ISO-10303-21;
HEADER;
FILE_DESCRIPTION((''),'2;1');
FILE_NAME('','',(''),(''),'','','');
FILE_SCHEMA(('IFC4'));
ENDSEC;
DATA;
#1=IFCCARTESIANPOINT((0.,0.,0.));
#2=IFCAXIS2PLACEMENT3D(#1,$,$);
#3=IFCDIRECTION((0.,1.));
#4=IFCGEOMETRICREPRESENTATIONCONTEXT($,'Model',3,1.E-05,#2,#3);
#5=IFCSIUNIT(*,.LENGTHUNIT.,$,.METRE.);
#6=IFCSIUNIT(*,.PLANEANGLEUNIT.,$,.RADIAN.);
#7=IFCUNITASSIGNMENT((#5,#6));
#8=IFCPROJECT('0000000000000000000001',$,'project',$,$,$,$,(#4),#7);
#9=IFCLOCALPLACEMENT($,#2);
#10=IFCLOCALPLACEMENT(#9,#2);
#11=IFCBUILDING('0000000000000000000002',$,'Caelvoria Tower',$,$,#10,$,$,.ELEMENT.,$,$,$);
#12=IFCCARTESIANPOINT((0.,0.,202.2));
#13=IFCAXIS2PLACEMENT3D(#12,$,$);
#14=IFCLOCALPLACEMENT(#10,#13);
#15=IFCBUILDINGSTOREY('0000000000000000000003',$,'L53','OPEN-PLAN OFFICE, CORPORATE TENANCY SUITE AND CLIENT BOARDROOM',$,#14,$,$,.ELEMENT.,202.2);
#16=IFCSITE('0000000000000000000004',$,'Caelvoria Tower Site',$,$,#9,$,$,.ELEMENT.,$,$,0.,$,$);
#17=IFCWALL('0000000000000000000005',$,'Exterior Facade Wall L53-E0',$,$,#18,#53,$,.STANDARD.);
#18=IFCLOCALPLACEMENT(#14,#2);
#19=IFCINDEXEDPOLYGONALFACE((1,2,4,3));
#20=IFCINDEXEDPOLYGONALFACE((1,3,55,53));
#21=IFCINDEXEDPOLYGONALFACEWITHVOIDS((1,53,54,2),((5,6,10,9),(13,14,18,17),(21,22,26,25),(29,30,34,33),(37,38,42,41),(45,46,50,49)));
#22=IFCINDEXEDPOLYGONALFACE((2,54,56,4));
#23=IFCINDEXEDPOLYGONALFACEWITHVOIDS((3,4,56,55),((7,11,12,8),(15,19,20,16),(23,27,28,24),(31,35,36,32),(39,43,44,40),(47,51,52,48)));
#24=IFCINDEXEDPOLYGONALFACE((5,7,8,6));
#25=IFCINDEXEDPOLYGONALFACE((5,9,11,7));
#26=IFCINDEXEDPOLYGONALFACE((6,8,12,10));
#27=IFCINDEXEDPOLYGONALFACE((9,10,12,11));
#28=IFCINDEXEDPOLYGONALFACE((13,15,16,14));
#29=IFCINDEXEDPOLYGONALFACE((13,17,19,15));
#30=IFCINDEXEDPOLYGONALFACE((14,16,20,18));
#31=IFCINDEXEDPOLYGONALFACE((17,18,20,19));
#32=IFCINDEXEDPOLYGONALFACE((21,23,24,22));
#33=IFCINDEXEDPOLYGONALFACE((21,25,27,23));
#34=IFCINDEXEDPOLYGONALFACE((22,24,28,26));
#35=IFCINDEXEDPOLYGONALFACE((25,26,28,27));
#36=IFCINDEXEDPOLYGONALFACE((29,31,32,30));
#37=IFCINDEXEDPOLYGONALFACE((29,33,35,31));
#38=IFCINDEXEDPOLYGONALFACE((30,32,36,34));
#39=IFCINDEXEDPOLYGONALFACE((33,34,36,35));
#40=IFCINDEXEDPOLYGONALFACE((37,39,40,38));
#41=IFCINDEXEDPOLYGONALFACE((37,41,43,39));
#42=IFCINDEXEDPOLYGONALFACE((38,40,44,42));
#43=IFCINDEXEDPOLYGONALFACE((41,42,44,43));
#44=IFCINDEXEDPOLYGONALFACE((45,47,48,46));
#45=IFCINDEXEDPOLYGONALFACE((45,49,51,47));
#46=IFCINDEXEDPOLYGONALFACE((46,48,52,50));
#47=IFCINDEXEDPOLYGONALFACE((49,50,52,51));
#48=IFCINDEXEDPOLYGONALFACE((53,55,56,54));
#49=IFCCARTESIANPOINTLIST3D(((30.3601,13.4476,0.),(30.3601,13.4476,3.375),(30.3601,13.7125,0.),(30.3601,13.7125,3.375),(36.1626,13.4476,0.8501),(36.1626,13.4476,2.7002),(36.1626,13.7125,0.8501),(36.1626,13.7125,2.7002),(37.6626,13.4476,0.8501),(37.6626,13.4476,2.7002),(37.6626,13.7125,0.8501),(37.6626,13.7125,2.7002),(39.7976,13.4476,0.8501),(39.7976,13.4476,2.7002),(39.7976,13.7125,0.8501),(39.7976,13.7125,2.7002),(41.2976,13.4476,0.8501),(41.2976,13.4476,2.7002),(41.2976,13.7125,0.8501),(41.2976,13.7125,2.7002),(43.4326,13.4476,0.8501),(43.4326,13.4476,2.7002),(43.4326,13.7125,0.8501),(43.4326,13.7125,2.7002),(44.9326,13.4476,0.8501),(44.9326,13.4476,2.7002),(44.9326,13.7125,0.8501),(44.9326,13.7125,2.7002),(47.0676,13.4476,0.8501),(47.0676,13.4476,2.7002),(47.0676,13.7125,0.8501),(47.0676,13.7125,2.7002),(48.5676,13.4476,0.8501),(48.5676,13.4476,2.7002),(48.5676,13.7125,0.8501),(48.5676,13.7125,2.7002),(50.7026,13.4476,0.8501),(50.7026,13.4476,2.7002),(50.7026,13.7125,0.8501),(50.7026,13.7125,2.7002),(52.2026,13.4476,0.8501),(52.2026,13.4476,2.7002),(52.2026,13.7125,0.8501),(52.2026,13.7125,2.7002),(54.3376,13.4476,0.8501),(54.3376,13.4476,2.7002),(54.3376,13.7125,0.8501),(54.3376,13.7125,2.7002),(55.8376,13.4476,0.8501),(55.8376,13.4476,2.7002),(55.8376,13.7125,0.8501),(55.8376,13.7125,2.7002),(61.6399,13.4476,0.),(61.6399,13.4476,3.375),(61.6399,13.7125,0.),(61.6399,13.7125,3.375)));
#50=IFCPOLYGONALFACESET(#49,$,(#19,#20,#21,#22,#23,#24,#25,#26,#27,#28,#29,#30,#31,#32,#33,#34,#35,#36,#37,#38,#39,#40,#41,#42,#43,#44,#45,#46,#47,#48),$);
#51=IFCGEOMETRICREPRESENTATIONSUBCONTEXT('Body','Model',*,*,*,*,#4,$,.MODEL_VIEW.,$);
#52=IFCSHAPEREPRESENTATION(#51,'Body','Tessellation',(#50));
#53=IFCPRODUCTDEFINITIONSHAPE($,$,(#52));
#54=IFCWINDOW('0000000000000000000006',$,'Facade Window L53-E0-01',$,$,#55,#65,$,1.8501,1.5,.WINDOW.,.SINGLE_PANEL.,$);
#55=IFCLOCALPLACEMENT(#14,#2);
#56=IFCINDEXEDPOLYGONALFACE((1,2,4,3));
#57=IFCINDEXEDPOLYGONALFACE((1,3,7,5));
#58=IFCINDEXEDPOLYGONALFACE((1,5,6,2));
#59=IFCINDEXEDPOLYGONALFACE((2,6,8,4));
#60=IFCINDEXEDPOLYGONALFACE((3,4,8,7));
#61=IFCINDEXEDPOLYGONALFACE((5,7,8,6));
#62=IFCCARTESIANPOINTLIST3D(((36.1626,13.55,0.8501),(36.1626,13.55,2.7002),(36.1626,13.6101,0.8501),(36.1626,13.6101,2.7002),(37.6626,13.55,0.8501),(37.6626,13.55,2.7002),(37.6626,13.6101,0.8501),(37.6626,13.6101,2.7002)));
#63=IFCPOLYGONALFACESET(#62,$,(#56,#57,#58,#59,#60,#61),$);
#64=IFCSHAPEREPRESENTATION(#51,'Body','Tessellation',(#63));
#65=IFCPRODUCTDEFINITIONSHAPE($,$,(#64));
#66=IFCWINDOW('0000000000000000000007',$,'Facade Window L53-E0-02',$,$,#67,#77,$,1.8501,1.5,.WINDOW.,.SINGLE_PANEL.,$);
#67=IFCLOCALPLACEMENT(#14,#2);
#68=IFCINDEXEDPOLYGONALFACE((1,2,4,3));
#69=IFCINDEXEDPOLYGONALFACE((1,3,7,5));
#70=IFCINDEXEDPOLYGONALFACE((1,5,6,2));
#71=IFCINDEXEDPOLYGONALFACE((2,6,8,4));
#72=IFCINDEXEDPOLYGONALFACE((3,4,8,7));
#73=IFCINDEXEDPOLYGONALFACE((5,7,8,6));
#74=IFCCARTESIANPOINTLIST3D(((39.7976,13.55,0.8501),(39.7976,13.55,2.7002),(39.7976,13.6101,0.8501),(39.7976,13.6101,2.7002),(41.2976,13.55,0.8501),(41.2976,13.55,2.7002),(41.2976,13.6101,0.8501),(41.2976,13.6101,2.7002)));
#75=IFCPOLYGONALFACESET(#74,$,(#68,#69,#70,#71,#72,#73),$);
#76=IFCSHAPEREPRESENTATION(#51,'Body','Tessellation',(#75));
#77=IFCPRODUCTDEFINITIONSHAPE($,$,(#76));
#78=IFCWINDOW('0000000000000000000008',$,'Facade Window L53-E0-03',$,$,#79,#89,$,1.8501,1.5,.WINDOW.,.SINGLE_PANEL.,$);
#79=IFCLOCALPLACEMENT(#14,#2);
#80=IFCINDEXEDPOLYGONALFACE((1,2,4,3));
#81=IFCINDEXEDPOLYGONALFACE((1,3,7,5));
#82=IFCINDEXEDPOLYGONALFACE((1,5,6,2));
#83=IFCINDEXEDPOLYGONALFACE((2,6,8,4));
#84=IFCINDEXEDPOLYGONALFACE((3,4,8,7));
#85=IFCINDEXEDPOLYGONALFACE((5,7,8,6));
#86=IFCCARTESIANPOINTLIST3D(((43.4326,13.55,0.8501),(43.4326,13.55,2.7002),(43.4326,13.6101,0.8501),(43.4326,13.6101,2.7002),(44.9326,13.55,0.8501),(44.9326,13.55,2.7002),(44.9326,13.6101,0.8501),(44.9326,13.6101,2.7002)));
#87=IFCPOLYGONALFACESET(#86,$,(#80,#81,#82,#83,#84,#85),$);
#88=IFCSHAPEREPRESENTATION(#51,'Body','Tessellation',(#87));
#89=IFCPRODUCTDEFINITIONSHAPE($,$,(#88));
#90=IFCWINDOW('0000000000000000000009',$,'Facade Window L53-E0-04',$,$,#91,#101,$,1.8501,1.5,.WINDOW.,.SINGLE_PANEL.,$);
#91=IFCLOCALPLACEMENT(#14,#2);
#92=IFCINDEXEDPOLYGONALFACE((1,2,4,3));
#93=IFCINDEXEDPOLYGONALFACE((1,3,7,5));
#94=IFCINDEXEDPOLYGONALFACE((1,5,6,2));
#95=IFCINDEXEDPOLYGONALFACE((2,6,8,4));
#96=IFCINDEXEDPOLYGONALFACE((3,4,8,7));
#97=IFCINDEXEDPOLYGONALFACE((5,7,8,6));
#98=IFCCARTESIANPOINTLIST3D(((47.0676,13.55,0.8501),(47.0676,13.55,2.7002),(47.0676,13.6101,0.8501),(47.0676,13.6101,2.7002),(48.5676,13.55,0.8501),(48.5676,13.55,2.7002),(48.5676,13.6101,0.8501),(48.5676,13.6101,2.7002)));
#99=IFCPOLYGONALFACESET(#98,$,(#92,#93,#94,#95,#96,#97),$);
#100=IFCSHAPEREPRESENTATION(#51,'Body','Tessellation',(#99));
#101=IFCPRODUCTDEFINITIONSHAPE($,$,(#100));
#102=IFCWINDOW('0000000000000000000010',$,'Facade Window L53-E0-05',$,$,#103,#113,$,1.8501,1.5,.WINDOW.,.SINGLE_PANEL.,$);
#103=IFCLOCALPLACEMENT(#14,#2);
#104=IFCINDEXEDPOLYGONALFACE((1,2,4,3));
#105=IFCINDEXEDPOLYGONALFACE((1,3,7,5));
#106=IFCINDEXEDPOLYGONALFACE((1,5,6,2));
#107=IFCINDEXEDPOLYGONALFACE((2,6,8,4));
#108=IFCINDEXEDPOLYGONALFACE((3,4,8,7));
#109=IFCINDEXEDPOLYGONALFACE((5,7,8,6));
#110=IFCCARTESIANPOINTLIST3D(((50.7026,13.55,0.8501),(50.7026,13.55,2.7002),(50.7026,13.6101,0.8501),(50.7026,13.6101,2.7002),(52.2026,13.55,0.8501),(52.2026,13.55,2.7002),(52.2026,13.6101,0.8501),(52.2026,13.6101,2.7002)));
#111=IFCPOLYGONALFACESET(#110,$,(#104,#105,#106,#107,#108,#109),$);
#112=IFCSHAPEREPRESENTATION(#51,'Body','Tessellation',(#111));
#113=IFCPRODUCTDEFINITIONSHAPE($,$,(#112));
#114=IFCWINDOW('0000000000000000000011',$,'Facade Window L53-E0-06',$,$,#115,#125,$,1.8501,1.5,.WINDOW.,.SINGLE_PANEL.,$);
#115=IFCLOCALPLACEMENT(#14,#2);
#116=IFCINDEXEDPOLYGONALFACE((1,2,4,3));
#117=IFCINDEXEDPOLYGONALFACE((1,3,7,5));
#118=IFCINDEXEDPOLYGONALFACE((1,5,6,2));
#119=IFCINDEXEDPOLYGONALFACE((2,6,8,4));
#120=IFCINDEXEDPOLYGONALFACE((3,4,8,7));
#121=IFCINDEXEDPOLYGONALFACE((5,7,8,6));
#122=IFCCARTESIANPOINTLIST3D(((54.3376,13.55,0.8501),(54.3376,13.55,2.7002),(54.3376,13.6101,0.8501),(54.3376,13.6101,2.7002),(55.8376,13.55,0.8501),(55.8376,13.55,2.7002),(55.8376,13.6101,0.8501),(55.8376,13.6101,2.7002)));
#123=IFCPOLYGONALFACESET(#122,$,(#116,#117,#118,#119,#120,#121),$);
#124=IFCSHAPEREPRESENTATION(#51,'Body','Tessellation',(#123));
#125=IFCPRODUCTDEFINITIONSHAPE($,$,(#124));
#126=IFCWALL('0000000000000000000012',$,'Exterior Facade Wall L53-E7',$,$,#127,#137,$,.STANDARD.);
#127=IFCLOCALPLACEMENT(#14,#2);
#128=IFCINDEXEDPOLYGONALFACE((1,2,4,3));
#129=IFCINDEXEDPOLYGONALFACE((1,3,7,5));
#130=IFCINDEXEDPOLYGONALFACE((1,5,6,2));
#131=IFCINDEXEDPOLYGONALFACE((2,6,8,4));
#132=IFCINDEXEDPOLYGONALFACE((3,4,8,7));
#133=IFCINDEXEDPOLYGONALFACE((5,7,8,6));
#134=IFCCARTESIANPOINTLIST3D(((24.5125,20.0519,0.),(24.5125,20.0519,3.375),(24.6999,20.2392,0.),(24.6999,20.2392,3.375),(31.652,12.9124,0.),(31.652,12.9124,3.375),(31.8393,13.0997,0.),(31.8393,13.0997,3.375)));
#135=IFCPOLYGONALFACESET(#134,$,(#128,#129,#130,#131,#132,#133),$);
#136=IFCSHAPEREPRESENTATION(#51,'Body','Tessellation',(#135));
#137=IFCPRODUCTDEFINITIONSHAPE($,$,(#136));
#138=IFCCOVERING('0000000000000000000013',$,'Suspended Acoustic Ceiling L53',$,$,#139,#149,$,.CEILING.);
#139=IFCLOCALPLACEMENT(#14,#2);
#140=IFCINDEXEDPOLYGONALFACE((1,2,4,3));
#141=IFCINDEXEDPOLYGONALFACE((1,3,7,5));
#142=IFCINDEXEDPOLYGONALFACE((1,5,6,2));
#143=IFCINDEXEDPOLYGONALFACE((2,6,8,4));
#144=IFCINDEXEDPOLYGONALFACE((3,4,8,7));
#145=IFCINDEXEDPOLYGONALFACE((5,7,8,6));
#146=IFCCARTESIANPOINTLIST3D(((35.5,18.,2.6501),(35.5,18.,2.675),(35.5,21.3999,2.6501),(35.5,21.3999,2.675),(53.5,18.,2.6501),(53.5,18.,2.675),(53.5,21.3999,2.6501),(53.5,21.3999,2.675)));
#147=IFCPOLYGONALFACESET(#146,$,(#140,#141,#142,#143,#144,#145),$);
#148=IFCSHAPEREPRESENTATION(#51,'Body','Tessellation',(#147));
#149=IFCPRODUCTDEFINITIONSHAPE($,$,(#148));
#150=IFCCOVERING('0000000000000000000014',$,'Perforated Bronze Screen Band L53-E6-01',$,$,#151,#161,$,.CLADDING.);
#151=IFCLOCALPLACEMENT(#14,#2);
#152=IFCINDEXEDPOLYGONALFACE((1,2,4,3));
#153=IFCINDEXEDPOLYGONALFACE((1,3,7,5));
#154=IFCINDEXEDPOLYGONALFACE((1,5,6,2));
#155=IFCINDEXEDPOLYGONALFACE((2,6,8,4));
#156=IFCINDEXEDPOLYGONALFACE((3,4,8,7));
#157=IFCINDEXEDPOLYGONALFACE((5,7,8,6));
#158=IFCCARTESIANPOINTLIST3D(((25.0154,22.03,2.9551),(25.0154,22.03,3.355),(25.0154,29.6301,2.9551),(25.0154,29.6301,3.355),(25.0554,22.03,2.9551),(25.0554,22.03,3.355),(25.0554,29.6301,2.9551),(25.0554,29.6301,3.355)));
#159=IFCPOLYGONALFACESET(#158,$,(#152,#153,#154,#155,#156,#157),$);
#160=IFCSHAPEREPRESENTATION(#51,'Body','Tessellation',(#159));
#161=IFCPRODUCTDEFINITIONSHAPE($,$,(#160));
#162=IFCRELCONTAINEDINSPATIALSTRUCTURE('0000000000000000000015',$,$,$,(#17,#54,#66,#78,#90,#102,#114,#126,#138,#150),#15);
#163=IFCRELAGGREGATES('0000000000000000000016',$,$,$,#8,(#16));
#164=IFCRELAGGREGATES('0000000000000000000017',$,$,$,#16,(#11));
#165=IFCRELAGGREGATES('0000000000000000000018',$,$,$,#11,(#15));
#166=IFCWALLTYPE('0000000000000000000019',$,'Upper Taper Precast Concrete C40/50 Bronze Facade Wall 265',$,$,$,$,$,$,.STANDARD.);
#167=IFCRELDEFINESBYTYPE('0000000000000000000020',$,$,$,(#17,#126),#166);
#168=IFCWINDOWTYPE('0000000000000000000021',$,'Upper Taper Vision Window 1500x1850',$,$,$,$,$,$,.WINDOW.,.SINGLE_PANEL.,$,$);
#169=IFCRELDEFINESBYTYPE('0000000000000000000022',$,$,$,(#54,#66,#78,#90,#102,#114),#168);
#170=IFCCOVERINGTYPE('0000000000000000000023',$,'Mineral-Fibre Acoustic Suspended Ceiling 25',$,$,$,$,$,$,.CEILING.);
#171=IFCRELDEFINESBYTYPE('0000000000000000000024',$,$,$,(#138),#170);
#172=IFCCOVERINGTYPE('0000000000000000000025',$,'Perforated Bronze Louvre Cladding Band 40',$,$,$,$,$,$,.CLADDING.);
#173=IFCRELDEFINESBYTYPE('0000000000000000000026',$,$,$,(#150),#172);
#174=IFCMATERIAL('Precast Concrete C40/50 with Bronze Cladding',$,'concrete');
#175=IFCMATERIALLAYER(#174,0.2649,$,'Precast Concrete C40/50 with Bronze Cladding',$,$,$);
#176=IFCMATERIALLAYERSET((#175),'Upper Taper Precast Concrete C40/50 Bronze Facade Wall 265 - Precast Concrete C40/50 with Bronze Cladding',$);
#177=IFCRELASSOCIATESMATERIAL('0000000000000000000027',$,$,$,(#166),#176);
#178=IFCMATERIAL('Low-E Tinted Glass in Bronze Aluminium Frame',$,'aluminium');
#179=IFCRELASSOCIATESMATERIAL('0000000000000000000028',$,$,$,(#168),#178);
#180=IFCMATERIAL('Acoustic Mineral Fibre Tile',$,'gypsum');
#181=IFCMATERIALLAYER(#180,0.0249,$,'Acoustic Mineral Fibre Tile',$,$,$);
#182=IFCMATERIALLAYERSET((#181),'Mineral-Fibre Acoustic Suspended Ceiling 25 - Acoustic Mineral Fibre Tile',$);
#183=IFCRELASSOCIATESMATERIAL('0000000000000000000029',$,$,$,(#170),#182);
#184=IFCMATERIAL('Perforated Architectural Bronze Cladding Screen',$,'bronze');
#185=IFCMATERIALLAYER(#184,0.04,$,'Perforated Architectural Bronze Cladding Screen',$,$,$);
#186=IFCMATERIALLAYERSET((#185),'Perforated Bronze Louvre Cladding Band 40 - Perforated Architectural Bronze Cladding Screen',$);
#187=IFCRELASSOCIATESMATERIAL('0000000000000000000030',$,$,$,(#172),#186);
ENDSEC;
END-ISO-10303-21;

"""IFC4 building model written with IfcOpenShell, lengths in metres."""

from ifc_helpers import new_model, si_unit, direction, frame, frame_2d, origin, origin_2d, place, context, subcontext, project, spatial, polyline, rectangle, outline, extrude, material, layer, layer_set, type_object, element, fill, save


model = new_model("IFC4")

# Units and contexts
model_context = context("Model", 3, precision=1e-05, world=origin(), true_north=direction((0.0, 1.0)))
body_context = subcontext(model_context, "Body", "Model", "MODEL_VIEW")
ifc_project = project(units=[si_unit("LENGTHUNIT", "METRE"), si_unit("PLANEANGLEUNIT", "RADIAN")], contexts=[model_context])

# Site, building, storey
site_placement = place(None, origin())
site = spatial("IfcSite", under=ifc_project, at=site_placement, Name="Caelvoria Tower Site", CompositionType="ELEMENT", RefElevation=0.0)
building_placement = place(site_placement, origin())
building = spatial("IfcBuilding", under=site, at=building_placement, Name="Caelvoria Tower", CompositionType="ELEMENT")
storey_placement = place(building_placement, frame((0.0, 0.0, 202.2)))
storey = spatial("IfcBuildingStorey", under=building, at=storey_placement, Name="L53", Description="OPEN-PLAN OFFICE, CORPORATE TENANCY SUITE AND CLIENT BOARDROOM", CompositionType="ELEMENT", Elevation=202.2)

# Wall, openings, windows
ifc_material_1 = material(Name="Precast Concrete C40/50 with Bronze Cladding", Category="concrete")
ifc_layer_1 = layer(ifc_material_1, 0.2649, Name="Precast Concrete C40/50 with Bronze Cladding")
ifc_layer_set_1 = layer_set([ifc_layer_1], Name="Upper Taper Precast Concrete C40/50 Bronze Facade Wall 265 - Precast Concrete C40/50 with Bronze Cladding")
wall_type = type_object("IfcWallType", Name="Upper Taper Precast Concrete C40/50 Bronze Facade Wall 265", PredefinedType="STANDARD", material=ifc_layer_set_1)
wall_1_placement = place(storey_placement, frame((30.3601, 13.5801, 0.0), z_axis=(0.0, 0.0, 1.0), x_axis=(1.0, 0.0, 0.0)))
wall_1 = element("IfcWall", 1, at=wall_1_placement, inside=storey, type_object=wall_type, Name="Exterior Facade Wall L53-E0", PredefinedType="STANDARD", context=body_context, shape_type="SweptSolid", body=[
    extrude(rectangle(XDim=31.2798, YDim=0.2649, at=frame_2d((15.6399, 0.0))), origin(), (0.0, 0.0, 1.0), 3.375),
])
opening_1_placement = place(wall_1_placement, frame((5.8025, 0.0, 0.8501)))
opening_1 = element("IfcOpeningElement", 2, at=opening_1_placement, cuts=wall_1, PredefinedType="OPENING", context=body_context, shape_type="SweptSolid", body=[
    extrude(rectangle(XDim=1.5, YDim=1.8501, at=frame_2d((0.75, 0.925))), frame((0.0, 0.1423, 0.0), z_axis=(0.0, -1.0, 0.0), x_axis=(1.0, 0.0, 0.0)), (0.0, 0.0, 1.0), 0.2849),
])
opening_2_placement = place(wall_1_placement, frame((9.4375, 0.0, 0.8501)))
opening_2 = element("IfcOpeningElement", 3, at=opening_2_placement, cuts=wall_1, PredefinedType="OPENING", context=body_context, shape_type="SweptSolid", body=[
    extrude(rectangle(XDim=1.5, YDim=1.8501, at=frame_2d((0.75, 0.925))), frame((0.0, 0.1423, 0.0), z_axis=(0.0, -1.0, 0.0), x_axis=(1.0, 0.0, 0.0)), (0.0, 0.0, 1.0), 0.2849),
])
opening_3_placement = place(wall_1_placement, frame((13.0725, 0.0, 0.8501)))
opening_3 = element("IfcOpeningElement", 4, at=opening_3_placement, cuts=wall_1, PredefinedType="OPENING", context=body_context, shape_type="SweptSolid", body=[
    extrude(rectangle(XDim=1.5, YDim=1.8501, at=frame_2d((0.75, 0.925))), frame((0.0, 0.1423, 0.0), z_axis=(0.0, -1.0, 0.0), x_axis=(1.0, 0.0, 0.0)), (0.0, 0.0, 1.0), 0.2849),
])
opening_4_placement = place(wall_1_placement, frame((16.7075, 0.0, 0.8501)))
opening_4 = element("IfcOpeningElement", 5, at=opening_4_placement, cuts=wall_1, PredefinedType="OPENING", context=body_context, shape_type="SweptSolid", body=[
    extrude(rectangle(XDim=1.5, YDim=1.8501, at=frame_2d((0.75, 0.925))), frame((0.0, 0.1423, 0.0), z_axis=(0.0, -1.0, 0.0), x_axis=(1.0, 0.0, 0.0)), (0.0, 0.0, 1.0), 0.2849),
])
opening_5_placement = place(wall_1_placement, frame((20.3425, 0.0, 0.8501)))
opening_5 = element("IfcOpeningElement", 6, at=opening_5_placement, cuts=wall_1, PredefinedType="OPENING", context=body_context, shape_type="SweptSolid", body=[
    extrude(rectangle(XDim=1.5, YDim=1.8501, at=frame_2d((0.75, 0.925))), frame((0.0, 0.1423, 0.0), z_axis=(0.0, -1.0, 0.0), x_axis=(1.0, 0.0, 0.0)), (0.0, 0.0, 1.0), 0.2849),
])
opening_6_placement = place(wall_1_placement, frame((23.9775, 0.0, 0.8501)))
opening_6 = element("IfcOpeningElement", 7, at=opening_6_placement, cuts=wall_1, PredefinedType="OPENING", context=body_context, shape_type="SweptSolid", body=[
    extrude(rectangle(XDim=1.5, YDim=1.8501, at=frame_2d((0.75, 0.925))), frame((0.0, 0.1423, 0.0), z_axis=(0.0, -1.0, 0.0), x_axis=(1.0, 0.0, 0.0)), (0.0, 0.0, 1.0), 0.2849),
])
ifc_material_2 = material(Name="Low-E Tinted Glass in Bronze Aluminium Frame", Category="aluminium")
window_type = type_object("IfcWindowType", Name="Upper Taper Vision Window 1500x1850", PartitioningType="SINGLE_PANEL", PredefinedType="WINDOW", material=ifc_material_2)
window_1_placement = place(opening_1_placement, origin())
window_1 = element("IfcWindow", 8, at=window_1_placement, inside=storey, type_object=window_type, Name="Facade Window L53-E0-01", OverallHeight=1.8501, OverallWidth=1.5, PartitioningType="SINGLE_PANEL", PredefinedType="WINDOW", context=body_context, shape_type="SweptSolid", body=[
    extrude(rectangle(XDim=1.5, YDim=1.8501, at=frame_2d((0.75, 0.925))), frame((0.0, 0.03, 0.0), z_axis=(0.0, -1.0, 0.0), x_axis=(1.0, 0.0, 0.0)), (0.0, 0.0, 1.0), 0.0601),
])
fill(opening_1, window_1)
window_2_placement = place(opening_2_placement, origin())
window_2 = element("IfcWindow", 9, at=window_2_placement, inside=storey, type_object=window_type, Name="Facade Window L53-E0-02", OverallHeight=1.8501, OverallWidth=1.5, PartitioningType="SINGLE_PANEL", PredefinedType="WINDOW", context=body_context, shape_type="SweptSolid", body=[
    extrude(rectangle(XDim=1.5, YDim=1.8501, at=frame_2d((0.75, 0.925))), frame((0.0, 0.03, 0.0), z_axis=(0.0, -1.0, 0.0), x_axis=(1.0, 0.0, 0.0)), (0.0, 0.0, 1.0), 0.0601),
])
fill(opening_2, window_2)
window_3_placement = place(opening_3_placement, origin())
window_3 = element("IfcWindow", 10, at=window_3_placement, inside=storey, type_object=window_type, Name="Facade Window L53-E0-03", OverallHeight=1.8501, OverallWidth=1.5, PartitioningType="SINGLE_PANEL", PredefinedType="WINDOW", context=body_context, shape_type="SweptSolid", body=[
    extrude(rectangle(XDim=1.5, YDim=1.8501, at=frame_2d((0.75, 0.925))), frame((0.0, 0.03, 0.0), z_axis=(0.0, -1.0, 0.0), x_axis=(1.0, 0.0, 0.0)), (0.0, 0.0, 1.0), 0.0601),
])
fill(opening_3, window_3)
window_4_placement = place(opening_4_placement, origin())
window_4 = element("IfcWindow", 11, at=window_4_placement, inside=storey, type_object=window_type, Name="Facade Window L53-E0-04", OverallHeight=1.8501, OverallWidth=1.5, PartitioningType="SINGLE_PANEL", PredefinedType="WINDOW", context=body_context, shape_type="SweptSolid", body=[
    extrude(rectangle(XDim=1.5, YDim=1.8501, at=frame_2d((0.75, 0.925))), frame((0.0, 0.03, 0.0), z_axis=(0.0, -1.0, 0.0), x_axis=(1.0, 0.0, 0.0)), (0.0, 0.0, 1.0), 0.0601),
])
fill(opening_4, window_4)
window_5_placement = place(opening_5_placement, origin())
window_5 = element("IfcWindow", 12, at=window_5_placement, inside=storey, type_object=window_type, Name="Facade Window L53-E0-05", OverallHeight=1.8501, OverallWidth=1.5, PartitioningType="SINGLE_PANEL", PredefinedType="WINDOW", context=body_context, shape_type="SweptSolid", body=[
    extrude(rectangle(XDim=1.5, YDim=1.8501, at=frame_2d((0.75, 0.925))), frame((0.0, 0.03, 0.0), z_axis=(0.0, -1.0, 0.0), x_axis=(1.0, 0.0, 0.0)), (0.0, 0.0, 1.0), 0.0601),
])
fill(opening_5, window_5)
window_6_placement = place(opening_6_placement, origin())
window_6 = element("IfcWindow", 13, at=window_6_placement, inside=storey, type_object=window_type, Name="Facade Window L53-E0-06", OverallHeight=1.8501, OverallWidth=1.5, PartitioningType="SINGLE_PANEL", PredefinedType="WINDOW", context=body_context, shape_type="SweptSolid", body=[
    extrude(rectangle(XDim=1.5, YDim=1.8501, at=frame_2d((0.75, 0.925))), frame((0.0, 0.03, 0.0), z_axis=(0.0, -1.0, 0.0), x_axis=(1.0, 0.0, 0.0)), (0.0, 0.0, 1.0), 0.0601),
])
fill(opening_6, window_6)

# Wall
wall_2_placement = place(storey_placement, frame((24.6062, 20.1455, 0.0), z_axis=(0.0, 0.0, 1.0), x_axis=(0.707107, -0.707107, 0.0)))
element("IfcWall", 14, at=wall_2_placement, inside=storey, type_object=wall_type, Name="Exterior Facade Wall L53-E7", PredefinedType="STANDARD", context=body_context, shape_type="SweptSolid", body=[
    extrude(rectangle(XDim=10.0967, YDim=0.2649, at=frame_2d((5.0483, 0.0))), origin(), (0.0, 0.0, 1.0), 3.375),
])

# Coverings
ifc_material_3 = material(Name="Acoustic Mineral Fibre Tile", Category="gypsum")
ifc_layer_2 = layer(ifc_material_3, 0.0249, Name="Acoustic Mineral Fibre Tile")
ifc_layer_set_2 = layer_set([ifc_layer_2], Name="Mineral-Fibre Acoustic Suspended Ceiling 25 - Acoustic Mineral Fibre Tile")
covering_type_1 = type_object("IfcCoveringType", Name="Mineral-Fibre Acoustic Suspended Ceiling 25", PredefinedType="CEILING", material=ifc_layer_set_2)
covering_1_placement = place(storey_placement, frame((0.0, 0.0, 2.6501)))
element("IfcCovering", 15, at=covering_1_placement, inside=storey, type_object=covering_type_1, Name="Suspended Acoustic Ceiling L53", PredefinedType="CEILING", context=body_context, shape_type="SweptSolid", body=[
    extrude(outline(polyline([(35.5, 18.0), (53.5, 18.0), (53.5, 21.3999), (35.5, 21.3999), (35.5, 18.0)])), origin(), (0.0, 0.0, 1.0), 0.0249),
])
ifc_material_4 = material(Name="Perforated Architectural Bronze Cladding Screen", Category="bronze")
ifc_layer_3 = layer(ifc_material_4, 0.04, Name="Perforated Architectural Bronze Cladding Screen")
ifc_layer_set_3 = layer_set([ifc_layer_3], Name="Perforated Bronze Louvre Cladding Band 40 - Perforated Architectural Bronze Cladding Screen")
covering_type_2 = type_object("IfcCoveringType", Name="Perforated Bronze Louvre Cladding Band 40", PredefinedType="CLADDING", material=ifc_layer_set_3)
covering_2_placement = place(storey_placement, frame((25.0354, 25.8301, 2.9551), z_axis=(0.0, 0.0, 1.0), x_axis=(0.0, -1.0, 0.0)))
element("IfcCovering", 16, at=covering_2_placement, inside=storey, type_object=covering_type_2, Name="Perforated Bronze Screen Band L53-E6-01", PredefinedType="CLADDING", context=body_context, shape_type="SweptSolid", body=[
    extrude(rectangle(XDim=7.6001, YDim=0.04, at=origin_2d()), origin(), (0.0, 0.0, 1.0), 0.3999),
])

save(model, "model.ifc")
